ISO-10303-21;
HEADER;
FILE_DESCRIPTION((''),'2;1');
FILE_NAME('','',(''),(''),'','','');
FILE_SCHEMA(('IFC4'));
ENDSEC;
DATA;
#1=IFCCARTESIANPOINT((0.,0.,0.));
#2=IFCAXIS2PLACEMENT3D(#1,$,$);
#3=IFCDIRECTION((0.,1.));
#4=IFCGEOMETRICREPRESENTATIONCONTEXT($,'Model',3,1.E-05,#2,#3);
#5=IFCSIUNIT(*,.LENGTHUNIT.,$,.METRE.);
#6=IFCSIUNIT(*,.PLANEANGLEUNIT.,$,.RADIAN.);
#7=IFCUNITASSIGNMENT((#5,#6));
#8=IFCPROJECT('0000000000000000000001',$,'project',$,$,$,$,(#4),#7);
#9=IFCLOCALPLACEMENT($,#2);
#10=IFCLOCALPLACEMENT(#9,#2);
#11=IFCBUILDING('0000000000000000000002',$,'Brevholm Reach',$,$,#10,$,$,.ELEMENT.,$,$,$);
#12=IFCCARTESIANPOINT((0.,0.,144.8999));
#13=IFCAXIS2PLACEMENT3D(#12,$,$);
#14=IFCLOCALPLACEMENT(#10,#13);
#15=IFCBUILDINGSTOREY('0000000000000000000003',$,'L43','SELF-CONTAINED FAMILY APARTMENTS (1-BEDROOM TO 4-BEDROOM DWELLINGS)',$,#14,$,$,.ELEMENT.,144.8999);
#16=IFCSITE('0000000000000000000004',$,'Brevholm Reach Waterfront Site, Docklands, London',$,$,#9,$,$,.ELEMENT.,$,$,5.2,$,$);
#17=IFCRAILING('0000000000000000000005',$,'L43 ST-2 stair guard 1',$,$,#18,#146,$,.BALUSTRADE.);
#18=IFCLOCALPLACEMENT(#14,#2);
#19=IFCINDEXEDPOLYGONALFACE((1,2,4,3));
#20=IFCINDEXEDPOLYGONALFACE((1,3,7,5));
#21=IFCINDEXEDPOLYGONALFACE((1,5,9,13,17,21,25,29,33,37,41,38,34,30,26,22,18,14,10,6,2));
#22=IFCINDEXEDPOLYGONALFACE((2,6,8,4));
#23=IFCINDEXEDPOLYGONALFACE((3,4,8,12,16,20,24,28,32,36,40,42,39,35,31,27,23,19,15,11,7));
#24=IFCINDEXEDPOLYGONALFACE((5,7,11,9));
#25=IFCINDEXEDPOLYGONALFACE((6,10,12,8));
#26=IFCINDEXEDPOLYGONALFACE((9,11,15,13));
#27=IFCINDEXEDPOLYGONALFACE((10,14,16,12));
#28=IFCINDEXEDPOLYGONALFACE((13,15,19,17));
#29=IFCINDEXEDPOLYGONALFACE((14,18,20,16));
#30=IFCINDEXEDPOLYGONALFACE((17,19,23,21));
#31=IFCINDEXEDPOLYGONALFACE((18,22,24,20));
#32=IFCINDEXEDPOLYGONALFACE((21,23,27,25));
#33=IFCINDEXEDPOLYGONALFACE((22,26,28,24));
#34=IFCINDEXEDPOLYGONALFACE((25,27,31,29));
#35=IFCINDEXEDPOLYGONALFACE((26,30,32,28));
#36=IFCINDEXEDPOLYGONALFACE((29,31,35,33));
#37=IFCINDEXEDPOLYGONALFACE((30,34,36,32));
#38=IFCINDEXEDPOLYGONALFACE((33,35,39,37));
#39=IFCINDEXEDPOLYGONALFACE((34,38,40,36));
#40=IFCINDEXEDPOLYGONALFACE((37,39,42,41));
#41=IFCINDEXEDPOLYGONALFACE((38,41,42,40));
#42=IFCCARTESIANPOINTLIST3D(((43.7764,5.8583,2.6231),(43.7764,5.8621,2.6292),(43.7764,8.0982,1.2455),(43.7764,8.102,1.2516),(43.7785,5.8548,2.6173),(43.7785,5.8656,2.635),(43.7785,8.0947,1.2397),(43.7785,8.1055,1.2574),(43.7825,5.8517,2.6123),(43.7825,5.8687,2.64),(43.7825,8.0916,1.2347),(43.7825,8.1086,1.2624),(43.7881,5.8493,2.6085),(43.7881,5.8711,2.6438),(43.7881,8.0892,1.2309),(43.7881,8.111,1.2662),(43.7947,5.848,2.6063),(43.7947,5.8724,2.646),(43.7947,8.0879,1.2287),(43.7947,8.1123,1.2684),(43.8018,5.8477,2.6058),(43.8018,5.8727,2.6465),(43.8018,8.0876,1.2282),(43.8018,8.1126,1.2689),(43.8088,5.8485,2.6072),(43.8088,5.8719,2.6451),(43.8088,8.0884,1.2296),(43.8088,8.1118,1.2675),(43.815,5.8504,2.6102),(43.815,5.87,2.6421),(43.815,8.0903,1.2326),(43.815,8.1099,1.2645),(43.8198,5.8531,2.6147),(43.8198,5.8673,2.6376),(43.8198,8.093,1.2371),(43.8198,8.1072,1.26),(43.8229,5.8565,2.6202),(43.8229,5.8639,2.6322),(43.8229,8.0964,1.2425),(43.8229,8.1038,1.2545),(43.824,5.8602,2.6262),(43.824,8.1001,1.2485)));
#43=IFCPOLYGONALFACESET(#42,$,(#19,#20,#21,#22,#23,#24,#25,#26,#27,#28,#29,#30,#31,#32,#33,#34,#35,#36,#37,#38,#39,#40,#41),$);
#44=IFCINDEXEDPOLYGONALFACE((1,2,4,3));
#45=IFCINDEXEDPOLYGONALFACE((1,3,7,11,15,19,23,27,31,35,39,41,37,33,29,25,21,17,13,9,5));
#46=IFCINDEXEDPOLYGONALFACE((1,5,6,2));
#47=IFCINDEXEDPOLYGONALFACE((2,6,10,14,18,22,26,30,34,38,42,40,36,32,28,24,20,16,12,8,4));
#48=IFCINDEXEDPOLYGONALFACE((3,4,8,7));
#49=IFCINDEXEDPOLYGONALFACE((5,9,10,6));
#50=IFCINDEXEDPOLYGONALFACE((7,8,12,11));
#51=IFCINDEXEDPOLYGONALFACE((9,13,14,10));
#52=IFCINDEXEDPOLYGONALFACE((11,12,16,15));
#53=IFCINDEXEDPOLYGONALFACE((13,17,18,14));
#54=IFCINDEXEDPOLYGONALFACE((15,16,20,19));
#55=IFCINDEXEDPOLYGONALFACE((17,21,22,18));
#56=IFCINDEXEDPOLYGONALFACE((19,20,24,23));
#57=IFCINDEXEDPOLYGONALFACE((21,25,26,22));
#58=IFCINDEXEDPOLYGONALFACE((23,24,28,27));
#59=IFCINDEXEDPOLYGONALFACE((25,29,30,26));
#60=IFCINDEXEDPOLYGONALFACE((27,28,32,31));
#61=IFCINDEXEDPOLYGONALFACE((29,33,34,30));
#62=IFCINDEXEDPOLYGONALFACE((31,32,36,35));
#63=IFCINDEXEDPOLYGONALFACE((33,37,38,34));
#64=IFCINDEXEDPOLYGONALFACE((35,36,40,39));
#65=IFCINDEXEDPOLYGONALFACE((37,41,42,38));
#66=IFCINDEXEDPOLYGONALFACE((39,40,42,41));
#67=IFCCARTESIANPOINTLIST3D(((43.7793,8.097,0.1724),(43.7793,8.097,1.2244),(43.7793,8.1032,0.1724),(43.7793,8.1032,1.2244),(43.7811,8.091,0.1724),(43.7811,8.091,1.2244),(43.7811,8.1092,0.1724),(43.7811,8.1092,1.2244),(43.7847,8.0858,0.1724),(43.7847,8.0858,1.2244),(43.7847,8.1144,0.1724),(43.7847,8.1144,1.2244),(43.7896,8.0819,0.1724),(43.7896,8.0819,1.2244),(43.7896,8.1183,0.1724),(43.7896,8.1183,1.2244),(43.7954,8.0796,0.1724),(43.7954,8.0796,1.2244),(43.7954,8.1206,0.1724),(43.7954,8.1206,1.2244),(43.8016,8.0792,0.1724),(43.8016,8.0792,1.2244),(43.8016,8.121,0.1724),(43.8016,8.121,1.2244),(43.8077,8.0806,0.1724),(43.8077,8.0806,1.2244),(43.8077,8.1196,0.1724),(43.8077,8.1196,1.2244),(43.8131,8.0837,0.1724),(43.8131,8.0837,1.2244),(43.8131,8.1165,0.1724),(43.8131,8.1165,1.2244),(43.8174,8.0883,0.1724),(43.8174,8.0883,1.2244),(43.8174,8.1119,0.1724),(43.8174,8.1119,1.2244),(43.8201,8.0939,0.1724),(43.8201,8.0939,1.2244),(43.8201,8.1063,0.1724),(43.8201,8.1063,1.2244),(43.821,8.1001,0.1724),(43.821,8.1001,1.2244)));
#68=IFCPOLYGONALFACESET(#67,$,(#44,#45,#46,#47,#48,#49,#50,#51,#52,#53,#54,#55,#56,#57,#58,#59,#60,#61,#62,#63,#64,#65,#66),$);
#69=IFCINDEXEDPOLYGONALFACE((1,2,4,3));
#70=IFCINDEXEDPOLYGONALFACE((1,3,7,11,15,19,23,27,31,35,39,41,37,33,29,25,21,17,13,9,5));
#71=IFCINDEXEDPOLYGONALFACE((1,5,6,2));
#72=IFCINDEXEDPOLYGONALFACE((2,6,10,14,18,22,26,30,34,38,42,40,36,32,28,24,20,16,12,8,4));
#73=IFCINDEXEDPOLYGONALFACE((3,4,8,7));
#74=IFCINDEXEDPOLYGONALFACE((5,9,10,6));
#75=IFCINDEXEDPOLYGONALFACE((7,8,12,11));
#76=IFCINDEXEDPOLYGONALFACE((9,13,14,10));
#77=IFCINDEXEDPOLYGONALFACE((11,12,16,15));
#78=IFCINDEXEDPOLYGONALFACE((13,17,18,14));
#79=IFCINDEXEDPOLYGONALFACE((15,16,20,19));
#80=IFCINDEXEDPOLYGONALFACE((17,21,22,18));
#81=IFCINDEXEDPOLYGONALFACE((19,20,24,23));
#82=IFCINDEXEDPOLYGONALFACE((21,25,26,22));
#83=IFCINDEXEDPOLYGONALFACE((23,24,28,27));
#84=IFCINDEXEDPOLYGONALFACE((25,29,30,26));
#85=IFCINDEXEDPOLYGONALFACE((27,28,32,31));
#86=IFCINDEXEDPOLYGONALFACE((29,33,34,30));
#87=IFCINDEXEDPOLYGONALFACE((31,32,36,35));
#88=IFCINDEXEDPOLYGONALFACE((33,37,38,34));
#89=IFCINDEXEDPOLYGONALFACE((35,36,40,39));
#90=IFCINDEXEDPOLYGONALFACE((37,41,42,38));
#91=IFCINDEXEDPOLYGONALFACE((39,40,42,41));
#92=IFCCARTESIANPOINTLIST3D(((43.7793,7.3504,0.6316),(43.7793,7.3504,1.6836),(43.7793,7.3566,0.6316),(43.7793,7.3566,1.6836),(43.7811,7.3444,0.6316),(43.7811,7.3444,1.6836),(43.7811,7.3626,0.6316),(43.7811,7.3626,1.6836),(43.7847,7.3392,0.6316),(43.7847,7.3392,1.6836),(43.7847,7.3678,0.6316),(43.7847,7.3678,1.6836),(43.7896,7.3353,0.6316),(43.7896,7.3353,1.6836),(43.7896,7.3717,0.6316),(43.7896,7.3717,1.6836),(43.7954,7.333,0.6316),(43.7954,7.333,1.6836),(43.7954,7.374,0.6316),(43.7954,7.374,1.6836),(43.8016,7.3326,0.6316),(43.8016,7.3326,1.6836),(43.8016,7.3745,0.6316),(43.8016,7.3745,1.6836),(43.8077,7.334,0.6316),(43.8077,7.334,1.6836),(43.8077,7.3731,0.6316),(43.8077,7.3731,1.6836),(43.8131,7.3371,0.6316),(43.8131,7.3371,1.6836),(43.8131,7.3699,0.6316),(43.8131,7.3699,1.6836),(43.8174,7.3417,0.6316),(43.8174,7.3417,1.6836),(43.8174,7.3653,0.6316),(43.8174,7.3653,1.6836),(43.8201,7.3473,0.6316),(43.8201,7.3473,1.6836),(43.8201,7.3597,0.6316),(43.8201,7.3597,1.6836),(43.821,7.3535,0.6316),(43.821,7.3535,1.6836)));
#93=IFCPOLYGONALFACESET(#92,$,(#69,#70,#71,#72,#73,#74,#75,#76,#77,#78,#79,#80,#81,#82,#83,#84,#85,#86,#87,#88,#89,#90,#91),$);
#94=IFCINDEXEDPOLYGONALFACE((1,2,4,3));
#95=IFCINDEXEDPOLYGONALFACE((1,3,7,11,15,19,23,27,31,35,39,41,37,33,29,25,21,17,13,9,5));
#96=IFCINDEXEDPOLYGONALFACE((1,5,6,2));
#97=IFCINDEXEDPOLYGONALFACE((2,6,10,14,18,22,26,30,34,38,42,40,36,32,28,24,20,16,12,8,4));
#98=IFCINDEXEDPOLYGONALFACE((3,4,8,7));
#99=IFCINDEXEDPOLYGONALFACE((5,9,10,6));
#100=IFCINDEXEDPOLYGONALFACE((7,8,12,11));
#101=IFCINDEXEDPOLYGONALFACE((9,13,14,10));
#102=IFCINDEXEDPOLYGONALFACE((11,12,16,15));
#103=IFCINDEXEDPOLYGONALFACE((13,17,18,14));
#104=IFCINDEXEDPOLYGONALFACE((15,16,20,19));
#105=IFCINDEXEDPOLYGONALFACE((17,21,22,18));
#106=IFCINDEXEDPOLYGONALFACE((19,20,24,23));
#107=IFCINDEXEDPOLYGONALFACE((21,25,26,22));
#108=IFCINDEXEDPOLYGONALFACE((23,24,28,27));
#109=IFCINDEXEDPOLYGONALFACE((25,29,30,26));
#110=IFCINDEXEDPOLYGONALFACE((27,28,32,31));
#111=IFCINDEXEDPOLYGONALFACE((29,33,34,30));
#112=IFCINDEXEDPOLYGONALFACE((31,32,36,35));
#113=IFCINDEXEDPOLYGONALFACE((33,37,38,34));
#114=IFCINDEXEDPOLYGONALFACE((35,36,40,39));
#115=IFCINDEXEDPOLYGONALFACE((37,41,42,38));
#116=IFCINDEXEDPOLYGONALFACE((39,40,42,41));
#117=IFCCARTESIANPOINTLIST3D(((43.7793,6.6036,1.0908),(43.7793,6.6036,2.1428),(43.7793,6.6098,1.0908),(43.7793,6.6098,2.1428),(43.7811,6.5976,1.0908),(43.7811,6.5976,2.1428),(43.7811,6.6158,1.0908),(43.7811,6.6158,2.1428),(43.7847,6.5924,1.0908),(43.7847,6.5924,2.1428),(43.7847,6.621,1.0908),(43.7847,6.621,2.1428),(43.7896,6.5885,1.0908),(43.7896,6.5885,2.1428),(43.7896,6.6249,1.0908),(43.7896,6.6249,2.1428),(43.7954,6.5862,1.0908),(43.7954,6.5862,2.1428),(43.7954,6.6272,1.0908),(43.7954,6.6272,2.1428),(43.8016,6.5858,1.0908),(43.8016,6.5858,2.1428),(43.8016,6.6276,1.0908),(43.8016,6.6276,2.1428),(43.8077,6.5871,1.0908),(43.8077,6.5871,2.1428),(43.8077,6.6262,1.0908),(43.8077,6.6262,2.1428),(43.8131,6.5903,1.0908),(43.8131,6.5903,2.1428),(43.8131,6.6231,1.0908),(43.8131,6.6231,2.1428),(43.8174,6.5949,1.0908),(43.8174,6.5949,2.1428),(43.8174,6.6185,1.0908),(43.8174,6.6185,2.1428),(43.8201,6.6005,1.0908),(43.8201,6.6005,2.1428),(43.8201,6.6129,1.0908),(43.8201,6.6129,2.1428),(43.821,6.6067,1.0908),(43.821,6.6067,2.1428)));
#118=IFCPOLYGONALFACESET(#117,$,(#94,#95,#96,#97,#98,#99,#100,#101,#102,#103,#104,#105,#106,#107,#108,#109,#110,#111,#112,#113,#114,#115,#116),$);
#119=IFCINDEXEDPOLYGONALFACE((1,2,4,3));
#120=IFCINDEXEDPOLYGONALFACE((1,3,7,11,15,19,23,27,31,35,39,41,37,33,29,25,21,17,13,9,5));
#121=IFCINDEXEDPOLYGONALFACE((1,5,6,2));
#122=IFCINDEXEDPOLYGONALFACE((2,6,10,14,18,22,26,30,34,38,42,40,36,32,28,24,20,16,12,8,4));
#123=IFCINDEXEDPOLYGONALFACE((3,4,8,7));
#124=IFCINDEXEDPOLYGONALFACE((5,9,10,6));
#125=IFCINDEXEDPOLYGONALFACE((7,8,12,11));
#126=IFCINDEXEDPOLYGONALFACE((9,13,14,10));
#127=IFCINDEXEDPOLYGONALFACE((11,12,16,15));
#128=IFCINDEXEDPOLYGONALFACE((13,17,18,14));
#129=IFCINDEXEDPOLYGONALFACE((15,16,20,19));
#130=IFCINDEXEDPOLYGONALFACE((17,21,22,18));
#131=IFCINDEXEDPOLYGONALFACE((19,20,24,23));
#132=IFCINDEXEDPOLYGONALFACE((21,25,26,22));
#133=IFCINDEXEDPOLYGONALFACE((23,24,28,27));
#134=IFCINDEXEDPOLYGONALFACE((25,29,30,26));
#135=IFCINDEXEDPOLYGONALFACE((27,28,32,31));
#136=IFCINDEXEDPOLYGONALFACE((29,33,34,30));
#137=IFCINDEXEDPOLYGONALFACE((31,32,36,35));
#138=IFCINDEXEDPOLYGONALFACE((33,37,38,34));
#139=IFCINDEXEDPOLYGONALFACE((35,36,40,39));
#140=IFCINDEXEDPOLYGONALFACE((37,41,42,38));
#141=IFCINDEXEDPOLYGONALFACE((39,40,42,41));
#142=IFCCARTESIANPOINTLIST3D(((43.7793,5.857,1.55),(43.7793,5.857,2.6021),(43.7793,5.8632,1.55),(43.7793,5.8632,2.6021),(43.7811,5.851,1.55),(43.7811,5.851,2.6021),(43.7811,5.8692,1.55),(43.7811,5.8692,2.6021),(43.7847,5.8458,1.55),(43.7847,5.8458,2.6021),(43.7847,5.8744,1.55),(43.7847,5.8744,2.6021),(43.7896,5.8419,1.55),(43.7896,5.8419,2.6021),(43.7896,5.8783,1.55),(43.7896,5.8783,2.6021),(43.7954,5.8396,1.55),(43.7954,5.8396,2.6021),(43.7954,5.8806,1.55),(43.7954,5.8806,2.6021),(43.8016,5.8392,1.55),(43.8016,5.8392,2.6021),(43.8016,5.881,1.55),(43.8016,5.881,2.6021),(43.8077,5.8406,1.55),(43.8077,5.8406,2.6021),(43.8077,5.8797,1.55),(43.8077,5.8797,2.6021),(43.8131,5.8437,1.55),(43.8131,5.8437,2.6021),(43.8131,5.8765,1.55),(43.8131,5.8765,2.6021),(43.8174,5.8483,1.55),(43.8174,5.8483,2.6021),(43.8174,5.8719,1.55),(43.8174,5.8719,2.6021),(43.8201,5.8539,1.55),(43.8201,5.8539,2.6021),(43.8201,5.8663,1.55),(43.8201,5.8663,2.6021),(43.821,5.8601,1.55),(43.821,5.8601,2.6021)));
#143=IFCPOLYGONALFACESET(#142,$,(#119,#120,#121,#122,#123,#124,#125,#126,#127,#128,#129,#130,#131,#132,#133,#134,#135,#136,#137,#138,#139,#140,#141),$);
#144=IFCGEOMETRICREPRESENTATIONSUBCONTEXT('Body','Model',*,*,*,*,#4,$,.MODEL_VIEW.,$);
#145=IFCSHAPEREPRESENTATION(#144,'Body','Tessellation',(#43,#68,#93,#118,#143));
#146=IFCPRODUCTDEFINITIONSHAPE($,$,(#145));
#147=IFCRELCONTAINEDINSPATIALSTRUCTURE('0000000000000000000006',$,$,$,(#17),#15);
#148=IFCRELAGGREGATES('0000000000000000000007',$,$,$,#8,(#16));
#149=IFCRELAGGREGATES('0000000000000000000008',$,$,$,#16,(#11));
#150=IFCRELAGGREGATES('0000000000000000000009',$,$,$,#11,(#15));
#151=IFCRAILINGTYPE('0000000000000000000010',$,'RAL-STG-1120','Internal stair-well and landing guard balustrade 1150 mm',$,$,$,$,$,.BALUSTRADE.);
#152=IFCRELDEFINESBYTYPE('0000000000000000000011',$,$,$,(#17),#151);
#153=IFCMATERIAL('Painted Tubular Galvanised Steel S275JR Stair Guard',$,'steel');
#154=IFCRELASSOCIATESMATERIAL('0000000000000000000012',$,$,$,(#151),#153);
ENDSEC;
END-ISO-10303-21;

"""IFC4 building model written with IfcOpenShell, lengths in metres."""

from ifc_helpers import new_model, si_unit, direction, frame, origin, origin_2d, place, context, subcontext, project, spatial, circle, extrude, material, type_object, element, save


model = new_model("IFC4")

# Units and contexts
model_context = context("Model", 3, precision=1e-05, world=origin(), true_north=direction((0.0, 1.0)))
body_context = subcontext(model_context, "Body", "Model", "MODEL_VIEW")
ifc_project = project(units=[si_unit("LENGTHUNIT", "METRE"), si_unit("PLANEANGLEUNIT", "RADIAN")], contexts=[model_context])

# Site, building, storey
site_placement = place(None, origin())
site = spatial("IfcSite", under=ifc_project, at=site_placement, Name="Brevholm Reach Waterfront Site, Docklands, London", CompositionType="ELEMENT", RefElevation=5.2)
building_placement = place(site_placement, origin())
building = spatial("IfcBuilding", under=site, at=building_placement, Name="Brevholm Reach", CompositionType="ELEMENT")
storey_placement = place(building_placement, frame((0.0, 0.0, 144.8999)))
storey = spatial("IfcBuildingStorey", under=building, at=storey_placement, Name="L43", Description="SELF-CONTAINED FAMILY APARTMENTS (1-BEDROOM TO 4-BEDROOM DWELLINGS)", CompositionType="ELEMENT", Elevation=144.8999)

# Railing
ifc_material_1 = material(Name="Painted Tubular Galvanised Steel S275JR Stair Guard", Category="steel")
railing_type_1 = type_object("IfcRailingType", Name="RAL-STG-1120", Description="Internal stair-well and landing guard balustrade 1150 mm", PredefinedType="BALUSTRADE", material=ifc_material_1)
railing_1_placement = place(storey_placement, frame((43.8, 8.1001, 0.1724)))
element("IfcRailing", 1, at=railing_1_placement, inside=storey, type_object=railing_type_1, Name="L43 ST-2 stair guard 1", PredefinedType="BALUSTRADE", context=body_context, shape_type="SweptSolid", body=[
    extrude(circle(Radius=0.0239, at=origin_2d()), frame((0.0, 0.0, 1.0762), z_axis=(0.0, -0.851789, 0.523885), x_axis=(1.0, 0.0, 0.0)), (0.0, 0.0, 1.0), 2.6296),
    extrude(circle(Radius=0.021, at=origin_2d()), origin(), (0.0, 0.0, 1.0), 1.052),
    extrude(circle(Radius=0.021, at=origin_2d()), frame((0.0, -0.7466, 0.4592)), (0.0, 0.0, 1.0), 1.052),
    extrude(circle(Radius=0.021, at=origin_2d()), frame((0.0, -1.4934, 0.9185)), (0.0, 0.0, 1.0), 1.052),
    extrude(circle(Radius=0.021, at=origin_2d()), frame((0.0, -2.24, 1.3777)), (0.0, 0.0, 1.0), 1.052),
])

save(model, "model.ifc")
